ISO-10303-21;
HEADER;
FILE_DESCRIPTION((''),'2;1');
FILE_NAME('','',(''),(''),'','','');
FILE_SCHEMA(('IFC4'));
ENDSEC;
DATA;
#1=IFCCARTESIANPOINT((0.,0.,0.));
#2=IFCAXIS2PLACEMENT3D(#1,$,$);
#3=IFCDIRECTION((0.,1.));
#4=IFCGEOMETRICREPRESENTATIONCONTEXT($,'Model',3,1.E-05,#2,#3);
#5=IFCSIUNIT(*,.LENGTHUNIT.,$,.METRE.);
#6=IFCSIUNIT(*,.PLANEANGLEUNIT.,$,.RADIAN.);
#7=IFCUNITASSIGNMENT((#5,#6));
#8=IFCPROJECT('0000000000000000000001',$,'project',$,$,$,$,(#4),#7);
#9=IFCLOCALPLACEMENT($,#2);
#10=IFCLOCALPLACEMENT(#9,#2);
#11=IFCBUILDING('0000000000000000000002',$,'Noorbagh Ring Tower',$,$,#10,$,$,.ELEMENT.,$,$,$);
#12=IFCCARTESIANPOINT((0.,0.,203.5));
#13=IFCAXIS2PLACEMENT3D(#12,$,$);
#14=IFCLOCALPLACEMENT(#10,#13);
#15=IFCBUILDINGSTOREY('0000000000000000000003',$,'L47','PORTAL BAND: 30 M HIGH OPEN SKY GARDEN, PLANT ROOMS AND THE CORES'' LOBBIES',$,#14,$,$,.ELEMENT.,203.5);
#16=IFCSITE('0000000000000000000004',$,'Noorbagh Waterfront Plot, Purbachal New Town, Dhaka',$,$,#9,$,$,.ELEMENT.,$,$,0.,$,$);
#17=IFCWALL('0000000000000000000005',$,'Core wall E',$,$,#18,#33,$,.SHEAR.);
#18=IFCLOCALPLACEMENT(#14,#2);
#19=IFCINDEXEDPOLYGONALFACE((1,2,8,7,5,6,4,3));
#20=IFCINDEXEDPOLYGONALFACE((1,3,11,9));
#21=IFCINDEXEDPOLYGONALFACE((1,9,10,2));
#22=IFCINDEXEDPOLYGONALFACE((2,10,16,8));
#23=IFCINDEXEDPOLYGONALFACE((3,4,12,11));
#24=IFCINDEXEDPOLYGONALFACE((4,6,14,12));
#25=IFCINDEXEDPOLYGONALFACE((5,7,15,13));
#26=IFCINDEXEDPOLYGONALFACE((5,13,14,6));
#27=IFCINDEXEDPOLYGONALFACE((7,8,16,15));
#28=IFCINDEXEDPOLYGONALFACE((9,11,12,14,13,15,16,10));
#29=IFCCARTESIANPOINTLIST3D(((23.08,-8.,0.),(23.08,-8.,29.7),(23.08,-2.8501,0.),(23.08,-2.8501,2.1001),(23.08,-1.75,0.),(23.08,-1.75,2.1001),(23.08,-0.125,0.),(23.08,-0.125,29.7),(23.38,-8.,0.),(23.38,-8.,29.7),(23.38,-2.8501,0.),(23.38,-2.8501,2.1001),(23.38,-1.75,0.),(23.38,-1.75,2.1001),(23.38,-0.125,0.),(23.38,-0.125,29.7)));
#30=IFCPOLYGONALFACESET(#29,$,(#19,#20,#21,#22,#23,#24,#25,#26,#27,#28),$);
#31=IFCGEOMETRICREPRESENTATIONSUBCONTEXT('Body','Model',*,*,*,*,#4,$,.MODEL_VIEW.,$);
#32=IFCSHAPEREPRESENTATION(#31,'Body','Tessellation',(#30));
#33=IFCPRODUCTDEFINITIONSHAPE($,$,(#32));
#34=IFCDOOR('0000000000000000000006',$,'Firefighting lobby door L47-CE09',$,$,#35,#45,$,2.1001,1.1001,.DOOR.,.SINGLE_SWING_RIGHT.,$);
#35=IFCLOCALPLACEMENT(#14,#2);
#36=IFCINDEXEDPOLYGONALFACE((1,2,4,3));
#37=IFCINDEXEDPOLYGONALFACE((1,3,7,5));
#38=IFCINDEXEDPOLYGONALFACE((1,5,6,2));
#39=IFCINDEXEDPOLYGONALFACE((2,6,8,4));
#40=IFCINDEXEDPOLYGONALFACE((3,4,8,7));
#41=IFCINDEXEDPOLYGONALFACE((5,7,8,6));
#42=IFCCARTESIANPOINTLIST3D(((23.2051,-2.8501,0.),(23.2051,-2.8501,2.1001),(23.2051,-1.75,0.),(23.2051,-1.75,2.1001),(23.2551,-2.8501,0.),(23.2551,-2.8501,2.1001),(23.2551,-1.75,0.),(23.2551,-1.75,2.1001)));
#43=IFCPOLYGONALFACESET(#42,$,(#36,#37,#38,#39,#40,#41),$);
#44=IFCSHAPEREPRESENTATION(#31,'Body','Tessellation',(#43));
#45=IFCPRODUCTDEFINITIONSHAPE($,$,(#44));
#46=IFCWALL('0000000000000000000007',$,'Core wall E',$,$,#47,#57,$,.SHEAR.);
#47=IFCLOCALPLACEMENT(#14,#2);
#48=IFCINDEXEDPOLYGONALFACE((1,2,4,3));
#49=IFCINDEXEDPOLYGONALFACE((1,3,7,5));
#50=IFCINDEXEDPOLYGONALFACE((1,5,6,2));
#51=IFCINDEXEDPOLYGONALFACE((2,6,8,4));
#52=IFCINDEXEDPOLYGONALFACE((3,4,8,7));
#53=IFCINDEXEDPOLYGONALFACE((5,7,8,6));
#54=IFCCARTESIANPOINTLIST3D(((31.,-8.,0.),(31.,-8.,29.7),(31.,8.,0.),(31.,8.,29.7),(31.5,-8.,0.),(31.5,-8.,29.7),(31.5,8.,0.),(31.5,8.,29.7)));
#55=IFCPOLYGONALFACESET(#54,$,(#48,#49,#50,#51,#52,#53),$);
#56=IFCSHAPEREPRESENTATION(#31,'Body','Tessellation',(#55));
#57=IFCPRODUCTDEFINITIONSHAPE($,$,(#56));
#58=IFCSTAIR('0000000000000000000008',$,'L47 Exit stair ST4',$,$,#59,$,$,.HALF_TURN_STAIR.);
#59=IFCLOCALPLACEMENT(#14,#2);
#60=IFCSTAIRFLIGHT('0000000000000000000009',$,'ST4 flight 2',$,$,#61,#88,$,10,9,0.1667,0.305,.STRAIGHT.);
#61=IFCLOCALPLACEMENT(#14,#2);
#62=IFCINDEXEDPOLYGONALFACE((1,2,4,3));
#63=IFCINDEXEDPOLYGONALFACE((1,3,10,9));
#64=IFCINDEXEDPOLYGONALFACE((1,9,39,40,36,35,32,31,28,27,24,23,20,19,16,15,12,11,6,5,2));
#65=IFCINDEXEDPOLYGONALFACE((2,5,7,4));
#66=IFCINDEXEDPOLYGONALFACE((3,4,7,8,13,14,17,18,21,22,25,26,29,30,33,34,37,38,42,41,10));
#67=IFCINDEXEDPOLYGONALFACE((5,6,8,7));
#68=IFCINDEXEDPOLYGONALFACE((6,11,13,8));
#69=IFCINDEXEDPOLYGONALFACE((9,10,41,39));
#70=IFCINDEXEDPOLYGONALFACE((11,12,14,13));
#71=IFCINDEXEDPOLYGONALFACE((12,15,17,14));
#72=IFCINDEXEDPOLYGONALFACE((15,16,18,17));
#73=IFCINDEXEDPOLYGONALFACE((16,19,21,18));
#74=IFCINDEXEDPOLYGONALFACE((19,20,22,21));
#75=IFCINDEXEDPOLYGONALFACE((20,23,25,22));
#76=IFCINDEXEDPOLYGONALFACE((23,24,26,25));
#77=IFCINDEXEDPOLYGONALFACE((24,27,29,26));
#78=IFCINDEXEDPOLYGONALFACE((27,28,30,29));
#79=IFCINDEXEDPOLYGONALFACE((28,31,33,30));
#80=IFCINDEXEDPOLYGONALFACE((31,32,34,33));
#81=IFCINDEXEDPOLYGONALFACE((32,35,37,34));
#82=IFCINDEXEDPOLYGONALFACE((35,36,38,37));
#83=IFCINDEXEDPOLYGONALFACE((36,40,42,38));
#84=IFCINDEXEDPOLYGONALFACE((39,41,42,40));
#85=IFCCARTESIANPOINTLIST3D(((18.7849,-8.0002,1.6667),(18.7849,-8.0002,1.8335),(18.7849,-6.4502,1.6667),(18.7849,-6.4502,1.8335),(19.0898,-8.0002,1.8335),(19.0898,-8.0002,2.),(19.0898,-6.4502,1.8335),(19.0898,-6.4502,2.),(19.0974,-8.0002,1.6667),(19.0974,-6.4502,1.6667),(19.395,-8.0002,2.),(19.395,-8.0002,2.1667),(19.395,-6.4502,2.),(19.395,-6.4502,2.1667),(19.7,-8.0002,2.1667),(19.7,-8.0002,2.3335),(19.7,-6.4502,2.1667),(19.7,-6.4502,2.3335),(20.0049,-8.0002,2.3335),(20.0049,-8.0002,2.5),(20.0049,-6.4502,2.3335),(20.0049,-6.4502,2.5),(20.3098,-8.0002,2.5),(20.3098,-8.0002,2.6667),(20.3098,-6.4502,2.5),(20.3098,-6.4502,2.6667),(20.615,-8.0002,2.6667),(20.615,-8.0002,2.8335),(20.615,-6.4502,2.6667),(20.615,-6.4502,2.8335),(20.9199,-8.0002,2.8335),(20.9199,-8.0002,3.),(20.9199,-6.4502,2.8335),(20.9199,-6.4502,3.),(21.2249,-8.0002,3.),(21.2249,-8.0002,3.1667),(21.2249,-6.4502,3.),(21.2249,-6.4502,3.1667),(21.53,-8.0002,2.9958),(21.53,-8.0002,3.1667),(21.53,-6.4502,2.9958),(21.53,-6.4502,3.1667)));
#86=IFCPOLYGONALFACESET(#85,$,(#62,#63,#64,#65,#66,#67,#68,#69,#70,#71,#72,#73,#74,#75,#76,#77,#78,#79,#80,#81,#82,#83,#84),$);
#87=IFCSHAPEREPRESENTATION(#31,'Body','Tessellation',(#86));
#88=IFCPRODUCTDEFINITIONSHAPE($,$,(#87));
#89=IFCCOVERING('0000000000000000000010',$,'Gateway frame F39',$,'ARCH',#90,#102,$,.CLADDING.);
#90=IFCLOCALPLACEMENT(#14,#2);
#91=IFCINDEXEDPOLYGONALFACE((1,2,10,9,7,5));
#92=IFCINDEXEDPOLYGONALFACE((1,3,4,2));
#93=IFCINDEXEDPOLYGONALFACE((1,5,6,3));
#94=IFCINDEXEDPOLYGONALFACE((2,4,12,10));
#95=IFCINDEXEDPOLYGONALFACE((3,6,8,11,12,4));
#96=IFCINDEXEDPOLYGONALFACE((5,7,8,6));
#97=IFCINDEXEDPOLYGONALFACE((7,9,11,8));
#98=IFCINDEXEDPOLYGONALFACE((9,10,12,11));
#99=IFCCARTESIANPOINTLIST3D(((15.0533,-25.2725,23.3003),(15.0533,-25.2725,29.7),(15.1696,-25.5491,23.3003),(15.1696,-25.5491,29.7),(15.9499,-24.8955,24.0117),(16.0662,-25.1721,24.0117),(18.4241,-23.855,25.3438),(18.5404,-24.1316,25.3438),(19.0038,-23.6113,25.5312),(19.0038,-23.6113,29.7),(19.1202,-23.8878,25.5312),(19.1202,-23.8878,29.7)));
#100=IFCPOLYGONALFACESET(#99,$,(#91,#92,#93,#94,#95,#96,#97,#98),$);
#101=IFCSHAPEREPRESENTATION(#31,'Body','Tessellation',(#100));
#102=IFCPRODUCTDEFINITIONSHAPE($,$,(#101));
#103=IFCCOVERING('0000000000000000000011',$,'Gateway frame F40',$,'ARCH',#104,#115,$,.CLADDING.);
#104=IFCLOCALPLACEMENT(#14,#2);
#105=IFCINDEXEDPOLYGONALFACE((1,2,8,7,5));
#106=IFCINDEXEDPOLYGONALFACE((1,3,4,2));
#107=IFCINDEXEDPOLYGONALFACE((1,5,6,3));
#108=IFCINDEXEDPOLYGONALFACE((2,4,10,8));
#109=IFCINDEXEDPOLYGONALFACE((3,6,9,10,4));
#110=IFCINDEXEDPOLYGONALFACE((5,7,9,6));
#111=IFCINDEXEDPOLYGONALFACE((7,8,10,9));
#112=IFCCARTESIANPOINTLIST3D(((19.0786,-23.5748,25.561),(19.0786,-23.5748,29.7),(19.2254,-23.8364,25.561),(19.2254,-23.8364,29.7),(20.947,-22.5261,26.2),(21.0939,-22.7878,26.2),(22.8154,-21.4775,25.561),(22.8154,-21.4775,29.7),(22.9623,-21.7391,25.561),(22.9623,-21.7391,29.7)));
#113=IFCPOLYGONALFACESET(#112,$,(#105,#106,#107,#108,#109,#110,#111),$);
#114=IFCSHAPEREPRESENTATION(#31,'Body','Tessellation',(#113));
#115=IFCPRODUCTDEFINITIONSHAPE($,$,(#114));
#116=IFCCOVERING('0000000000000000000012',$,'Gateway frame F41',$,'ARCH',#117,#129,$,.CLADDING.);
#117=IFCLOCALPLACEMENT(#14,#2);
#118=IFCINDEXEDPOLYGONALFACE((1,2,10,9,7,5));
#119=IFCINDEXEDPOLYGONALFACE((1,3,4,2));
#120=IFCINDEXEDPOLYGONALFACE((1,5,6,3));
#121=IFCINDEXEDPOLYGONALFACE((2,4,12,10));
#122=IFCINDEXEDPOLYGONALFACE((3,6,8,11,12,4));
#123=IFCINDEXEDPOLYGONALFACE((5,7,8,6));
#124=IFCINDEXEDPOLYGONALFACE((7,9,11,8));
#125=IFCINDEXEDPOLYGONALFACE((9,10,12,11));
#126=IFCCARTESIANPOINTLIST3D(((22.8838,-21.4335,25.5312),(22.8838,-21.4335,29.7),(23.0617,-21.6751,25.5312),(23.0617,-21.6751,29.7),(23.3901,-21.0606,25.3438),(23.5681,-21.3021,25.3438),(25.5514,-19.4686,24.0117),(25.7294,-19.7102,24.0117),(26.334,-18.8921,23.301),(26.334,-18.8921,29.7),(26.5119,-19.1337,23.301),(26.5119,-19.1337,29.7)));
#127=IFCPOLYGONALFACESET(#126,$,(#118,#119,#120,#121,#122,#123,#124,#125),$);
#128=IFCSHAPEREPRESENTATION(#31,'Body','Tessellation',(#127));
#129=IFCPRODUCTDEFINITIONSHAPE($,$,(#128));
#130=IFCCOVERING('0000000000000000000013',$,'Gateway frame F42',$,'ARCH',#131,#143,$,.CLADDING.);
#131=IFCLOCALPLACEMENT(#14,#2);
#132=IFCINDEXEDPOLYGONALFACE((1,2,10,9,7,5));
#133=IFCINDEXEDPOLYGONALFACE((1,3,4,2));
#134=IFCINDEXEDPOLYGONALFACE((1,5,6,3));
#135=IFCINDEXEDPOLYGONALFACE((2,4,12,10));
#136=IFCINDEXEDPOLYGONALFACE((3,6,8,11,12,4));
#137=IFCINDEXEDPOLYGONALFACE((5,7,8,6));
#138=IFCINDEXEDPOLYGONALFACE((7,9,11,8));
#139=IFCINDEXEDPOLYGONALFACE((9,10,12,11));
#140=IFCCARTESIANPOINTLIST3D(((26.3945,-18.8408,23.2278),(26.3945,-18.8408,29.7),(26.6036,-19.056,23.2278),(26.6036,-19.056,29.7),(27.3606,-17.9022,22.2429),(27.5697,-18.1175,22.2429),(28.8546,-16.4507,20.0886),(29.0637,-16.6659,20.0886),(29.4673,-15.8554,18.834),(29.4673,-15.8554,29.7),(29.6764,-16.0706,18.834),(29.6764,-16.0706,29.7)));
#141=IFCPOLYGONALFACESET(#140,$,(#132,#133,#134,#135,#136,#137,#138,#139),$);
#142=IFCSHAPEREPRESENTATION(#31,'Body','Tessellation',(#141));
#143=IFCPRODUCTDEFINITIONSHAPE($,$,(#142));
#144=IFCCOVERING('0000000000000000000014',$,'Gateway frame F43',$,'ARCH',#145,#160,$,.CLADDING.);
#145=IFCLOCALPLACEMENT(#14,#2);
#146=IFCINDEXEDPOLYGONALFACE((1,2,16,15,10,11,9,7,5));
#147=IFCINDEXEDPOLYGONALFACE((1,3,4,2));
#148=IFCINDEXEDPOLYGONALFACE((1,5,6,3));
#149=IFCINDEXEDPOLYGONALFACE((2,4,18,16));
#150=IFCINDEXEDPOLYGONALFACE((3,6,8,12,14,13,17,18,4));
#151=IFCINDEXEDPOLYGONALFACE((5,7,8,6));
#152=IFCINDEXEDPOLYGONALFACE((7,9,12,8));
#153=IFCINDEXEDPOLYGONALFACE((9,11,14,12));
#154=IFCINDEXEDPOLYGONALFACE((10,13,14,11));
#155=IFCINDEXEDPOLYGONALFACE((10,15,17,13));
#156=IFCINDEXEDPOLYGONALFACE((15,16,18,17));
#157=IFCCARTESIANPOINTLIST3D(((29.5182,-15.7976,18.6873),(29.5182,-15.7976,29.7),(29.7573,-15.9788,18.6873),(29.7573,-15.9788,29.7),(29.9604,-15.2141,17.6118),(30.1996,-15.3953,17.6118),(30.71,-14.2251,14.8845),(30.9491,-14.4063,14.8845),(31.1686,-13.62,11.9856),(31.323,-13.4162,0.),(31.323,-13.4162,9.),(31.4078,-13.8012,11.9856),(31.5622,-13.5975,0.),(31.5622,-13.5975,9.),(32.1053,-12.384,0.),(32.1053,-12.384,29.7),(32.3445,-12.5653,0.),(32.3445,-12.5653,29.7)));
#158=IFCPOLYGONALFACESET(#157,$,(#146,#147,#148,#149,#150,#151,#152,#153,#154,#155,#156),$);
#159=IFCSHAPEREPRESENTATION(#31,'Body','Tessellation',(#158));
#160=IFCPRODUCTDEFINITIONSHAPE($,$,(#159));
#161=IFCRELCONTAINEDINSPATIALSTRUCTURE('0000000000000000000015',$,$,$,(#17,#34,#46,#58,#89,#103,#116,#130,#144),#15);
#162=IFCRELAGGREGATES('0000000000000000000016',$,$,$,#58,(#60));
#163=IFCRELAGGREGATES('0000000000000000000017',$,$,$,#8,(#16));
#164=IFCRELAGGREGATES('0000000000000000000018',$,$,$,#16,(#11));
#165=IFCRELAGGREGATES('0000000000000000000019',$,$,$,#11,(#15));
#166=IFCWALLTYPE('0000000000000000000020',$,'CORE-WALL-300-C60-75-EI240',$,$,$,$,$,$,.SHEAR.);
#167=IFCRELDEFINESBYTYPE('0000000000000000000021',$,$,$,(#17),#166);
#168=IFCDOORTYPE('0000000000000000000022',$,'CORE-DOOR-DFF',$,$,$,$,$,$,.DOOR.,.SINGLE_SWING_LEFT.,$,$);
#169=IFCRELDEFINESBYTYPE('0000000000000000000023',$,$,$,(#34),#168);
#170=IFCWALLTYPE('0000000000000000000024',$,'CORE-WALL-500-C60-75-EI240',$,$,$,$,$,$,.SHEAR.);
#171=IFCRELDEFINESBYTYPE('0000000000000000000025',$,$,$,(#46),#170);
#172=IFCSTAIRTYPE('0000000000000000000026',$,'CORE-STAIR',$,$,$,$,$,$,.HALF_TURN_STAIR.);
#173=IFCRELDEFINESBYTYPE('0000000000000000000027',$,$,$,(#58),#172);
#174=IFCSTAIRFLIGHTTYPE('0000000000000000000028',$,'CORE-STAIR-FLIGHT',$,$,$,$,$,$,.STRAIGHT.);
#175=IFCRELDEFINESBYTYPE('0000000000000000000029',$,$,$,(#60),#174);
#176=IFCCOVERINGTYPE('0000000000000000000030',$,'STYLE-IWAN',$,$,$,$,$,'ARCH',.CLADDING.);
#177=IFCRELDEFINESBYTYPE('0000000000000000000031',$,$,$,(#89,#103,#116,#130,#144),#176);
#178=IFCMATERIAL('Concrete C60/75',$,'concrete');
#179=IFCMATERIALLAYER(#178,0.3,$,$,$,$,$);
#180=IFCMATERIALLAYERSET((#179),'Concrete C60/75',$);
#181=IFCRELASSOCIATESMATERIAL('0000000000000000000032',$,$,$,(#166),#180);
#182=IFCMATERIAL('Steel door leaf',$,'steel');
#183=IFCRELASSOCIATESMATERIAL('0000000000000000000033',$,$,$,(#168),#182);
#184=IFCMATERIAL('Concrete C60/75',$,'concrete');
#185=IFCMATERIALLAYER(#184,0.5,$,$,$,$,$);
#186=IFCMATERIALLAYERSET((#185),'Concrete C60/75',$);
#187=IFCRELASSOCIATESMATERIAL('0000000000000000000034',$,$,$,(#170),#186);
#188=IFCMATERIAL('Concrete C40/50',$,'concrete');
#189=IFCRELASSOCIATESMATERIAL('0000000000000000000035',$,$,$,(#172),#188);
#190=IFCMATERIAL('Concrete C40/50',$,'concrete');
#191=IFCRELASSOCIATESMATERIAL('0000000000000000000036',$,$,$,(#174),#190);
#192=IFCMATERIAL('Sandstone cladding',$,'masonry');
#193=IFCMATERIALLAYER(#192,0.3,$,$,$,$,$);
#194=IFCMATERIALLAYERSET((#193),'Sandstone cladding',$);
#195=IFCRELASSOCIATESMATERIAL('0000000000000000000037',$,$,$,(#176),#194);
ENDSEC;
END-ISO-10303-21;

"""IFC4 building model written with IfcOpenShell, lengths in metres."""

from ifc_helpers import new_model, si_unit, direction, frame, frame_2d, origin, place, context, subcontext, project, spatial, polyline, rectangle, outline, extrude, material, layer, layer_set, type_object, element, fill, aggregate, save


model = new_model("IFC4")

# Units and contexts
model_context = context("Model", 3, precision=1e-05, world=origin(), true_north=direction((0.0, 1.0)))
body_context = subcontext(model_context, "Body", "Model", "MODEL_VIEW")
ifc_project = project(units=[si_unit("LENGTHUNIT", "METRE"), si_unit("PLANEANGLEUNIT", "RADIAN")], contexts=[model_context])

# Site, building, storey
site_placement = place(None, origin())
site = spatial("IfcSite", under=ifc_project, at=site_placement, Name="Noorbagh Waterfront Plot, Purbachal New Town, Dhaka", CompositionType="ELEMENT", RefElevation=0.0)
building_placement = place(site_placement, origin())
building = spatial("IfcBuilding", under=site, at=building_placement, Name="Noorbagh Ring Tower", CompositionType="ELEMENT")
storey_placement = place(building_placement, frame((0.0, 0.0, 203.5)))
storey = spatial("IfcBuildingStorey", under=building, at=storey_placement, Name="L47", Description="PORTAL BAND: 30 M HIGH OPEN SKY GARDEN, PLANT ROOMS AND THE CORES' LOBBIES", CompositionType="ELEMENT", Elevation=203.5)

# Wall, opening, door
ifc_material_1 = material(Name="Concrete C60/75", Category="concrete")
ifc_layer_1 = layer(ifc_material_1, 0.3)
ifc_layer_set_1 = layer_set([ifc_layer_1], Name="Concrete C60/75")
wall_type_1 = type_object("IfcWallType", Name="CORE-WALL-300-C60-75-EI240", PredefinedType="SHEAR", material=ifc_layer_set_1)
wall_1_placement = place(storey_placement, frame((23.23, -8.0, 0.0), z_axis=(0.0, 0.0, 1.0), x_axis=(0.0, 1.0, 0.0)))
wall_1 = element("IfcWall", 1, at=wall_1_placement, inside=storey, type_object=wall_type_1, Name="Core wall E", PredefinedType="SHEAR", context=body_context, shape_type="SweptSolid", body=[
    extrude(rectangle(XDim=7.875, YDim=0.3, at=frame_2d((3.9375, 0.0))), origin(), (0.0, 0.0, 1.0), 29.7),
])
opening_1_placement = place(wall_1_placement, frame((5.1499, 0.0, 0.0)))
opening_1 = element("IfcOpeningElement", 2, at=opening_1_placement, cuts=wall_1, PredefinedType="OPENING", context=body_context, shape_type="SweptSolid", body=[
    extrude(rectangle(XDim=1.1001, YDim=2.1001, at=frame_2d((0.55, 1.05))), frame((0.0, 0.1602, 0.0), z_axis=(0.0, -1.0, 0.0), x_axis=(1.0, 0.0, 0.0)), (0.0, 0.0, 1.0), 0.3201),
])
ifc_material_2 = material(Name="Steel door leaf", Category="steel")
door_type_1 = type_object("IfcDoorType", Name="CORE-DOOR-DFF", OperationType="SINGLE_SWING_LEFT", PredefinedType="DOOR", material=ifc_material_2)
door_1_placement = place(opening_1_placement, origin())
door_1 = element("IfcDoor", 3, at=door_1_placement, inside=storey, type_object=door_type_1, Name="Firefighting lobby door L47-CE09", OperationType="SINGLE_SWING_RIGHT", OverallHeight=2.1001, OverallWidth=1.1001, PredefinedType="DOOR", context=body_context, shape_type="SweptSolid", body=[
    extrude(rectangle(XDim=1.1001, YDim=2.1001, at=frame_2d((0.55, 1.05))), frame((0.0, 0.0249, 0.0), z_axis=(0.0, -1.0, 0.0), x_axis=(1.0, 0.0, 0.0)), (0.0, 0.0, 1.0), 0.05),
])
fill(opening_1, door_1)

# Wall
ifc_material_3 = material(Name="Concrete C60/75", Category="concrete")
ifc_layer_2 = layer(ifc_material_3, 0.5)
ifc_layer_set_2 = layer_set([ifc_layer_2], Name="Concrete C60/75")
wall_type_2 = type_object("IfcWallType", Name="CORE-WALL-500-C60-75-EI240", PredefinedType="SHEAR", material=ifc_layer_set_2)
wall_2_placement = place(storey_placement, frame((31.25, -8.0, 0.0), z_axis=(0.0, 0.0, 1.0), x_axis=(0.0, 1.0, 0.0)))
element("IfcWall", 4, at=wall_2_placement, inside=storey, type_object=wall_type_2, Name="Core wall E", PredefinedType="SHEAR", context=body_context, shape_type="SweptSolid", body=[
    extrude(rectangle(XDim=16.0, YDim=0.5, at=frame_2d((8.0, 0.0))), origin(), (0.0, 0.0, 1.0), 29.7),
])

# Stair, stair flight
ifc_material_4 = material(Name="Concrete C40/50", Category="concrete")
stair_type = type_object("IfcStairType", Name="CORE-STAIR", PredefinedType="HALF_TURN_STAIR", material=ifc_material_4)
stair_placement = place(storey_placement, origin())
stair = element("IfcStair", 5, at=stair_placement, inside=storey, type_object=stair_type, Name="L47 Exit stair ST4", PredefinedType="HALF_TURN_STAIR")
ifc_material_5 = material(Name="Concrete C40/50", Category="concrete")
stair_flight_type = type_object("IfcStairFlightType", Name="CORE-STAIR-FLIGHT", PredefinedType="STRAIGHT", material=ifc_material_5)
stair_flight_placement = place(storey_placement, frame((18.7849, -7.2251, 1.6667), z_axis=(0.0, 0.0, 1.0), x_axis=(1.0, 0.0, 0.0)))
stair_flight = element("IfcStairFlight", 6, at=stair_flight_placement, type_object=stair_flight_type, Name="ST4 flight 2", NumberOfRisers=10, NumberOfTreads=9, PredefinedType="STRAIGHT", RiserHeight=0.1667, TreadLength=0.305, context=body_context, shape_type="SweptSolid", body=[
    extrude(outline(polyline([(0.0, 0.0), (0.0, 0.1667), (0.3049, 0.1667), (0.3049, 0.3333), (0.6101, 0.3333), (0.6101, 0.5), (0.915, 0.5), (0.915, 0.6667), (1.22, 0.6667), (1.22, 0.8333), (1.5249, 0.8333), (1.5249, 1.0), (1.8301, 1.0), (1.8301, 1.1667), (2.135, 1.1667), (2.135, 1.3333), (2.4399, 1.3333), (2.4399, 1.5), (2.7451, 1.5), (2.7451, 1.6667), (2.7451, 1.3291), (0.3125, 0.0), (0.0, 0.0)])), frame((0.0, 0.7749, 0.0), z_axis=(0.0, -1.0, 0.0), x_axis=(1.0, 0.0, 0.0)), (0.0, 0.0, 1.0), 1.55),
])
aggregate(stair, [stair_flight])

# Coverings
ifc_material_6 = material(Name="Sandstone cladding", Category="masonry")
ifc_layer_3 = layer(ifc_material_6, 0.3)
ifc_layer_set_3 = layer_set([ifc_layer_3], Name="Sandstone cladding")
covering_type = type_object("IfcCoveringType", Name="STYLE-IWAN", ElementType="ARCH", PredefinedType="CLADDING", material=ifc_layer_set_3)
covering_1_placement = place(storey_placement, frame((17.0286, -24.4419, 0.0), z_axis=(0.387638, -0.921812, 0.0), x_axis=(0.921812, 0.387638, 0.0)))
element("IfcCovering", 7, at=covering_1_placement, inside=storey, type_object=covering_type, Name="Gateway frame F39", ObjectType="ARCH", PredefinedType="CLADDING", context=body_context, shape_type="SweptSolid", body=[
    extrude(outline(polyline([(-2.1428, 29.7), (-2.1428, 23.3003), (-1.1702, 24.0117), (1.5139, 25.3438), (2.1428, 25.5312), (2.1428, 29.7), (-2.1428, 29.7)])), origin(), (0.0, 0.0, 1.0), 0.3),
])
covering_2_placement = place(storey_placement, frame((20.947, -22.5261, 0.0), z_axis=(0.489426, -0.872045, 0.0), x_axis=(0.872045, 0.489426, 0.0)))
element("IfcCovering", 8, at=covering_2_placement, inside=storey, type_object=covering_type, Name="Gateway frame F40", ObjectType="ARCH", PredefinedType="CLADDING", context=body_context, shape_type="SweptSolid", body=[
    extrude(outline(polyline([(-2.1426, 29.7), (-2.1426, 25.561), (0.0, 26.2), (2.1426, 25.561), (2.1426, 29.7), (-2.1426, 29.7)])), origin(), (0.0, 0.0, 1.0), 0.3),
])
covering_3_placement = place(storey_placement, frame((24.6089, -20.1628, 0.0), z_axis=(0.593067, -0.805153, 0.0), x_axis=(0.805153, 0.593067, 0.0)))
element("IfcCovering", 9, at=covering_3_placement, inside=storey, type_object=covering_type, Name="Gateway frame F41", ObjectType="ARCH", PredefinedType="CLADDING", context=body_context, shape_type="SweptSolid", body=[
    extrude(outline(polyline([(-2.1426, 29.7), (-2.1426, 25.5312), (-1.5137, 25.3438), (1.1707, 24.0117), (2.1426, 23.301), (2.1426, 29.7), (-2.1426, 29.7)])), origin(), (0.0, 0.0, 1.0), 0.3),
])
covering_4_placement = place(storey_placement, frame((27.9309, -17.3481, 0.0), z_axis=(0.696842, -0.717225, 0.0), x_axis=(0.717225, 0.696842, 0.0)))
element("IfcCovering", 10, at=covering_4_placement, inside=storey, type_object=covering_type, Name="Gateway frame F42", ObjectType="ARCH", PredefinedType="CLADDING", context=body_context, shape_type="SweptSolid", body=[
    extrude(outline(polyline([(-2.1421, 29.7), (-2.1421, 23.2278), (-0.7952, 22.2429), (1.2878, 20.0886), (2.1421, 18.834), (2.1421, 29.7), (-2.1421, 29.7)])), origin(), (0.0, 0.0, 1.0), 0.3),
])
covering_5_placement = place(storey_placement, frame((30.8118, -14.0908, 0.0), z_axis=(0.796969, -0.60402, 0.0), x_axis=(0.60402, 0.796969, 0.0)))
element("IfcCovering", 11, at=covering_5_placement, inside=storey, type_object=covering_type, Name="Gateway frame F43", ObjectType="ARCH", PredefinedType="CLADDING", context=body_context, shape_type="SweptSolid", body=[
    extrude(outline(polyline([(-2.1416, 29.7), (-2.1416, 18.6873), (-1.4094, 17.6118), (-0.1685, 14.8845), (0.5908, 11.9856), (0.8464, 9.0), (0.8464, 0.0), (2.1416, 0.0), (2.1416, 29.7), (-2.1416, 29.7)])), origin(), (0.0, 0.0, 1.0), 0.3),
])

save(model, "model.ifc")
